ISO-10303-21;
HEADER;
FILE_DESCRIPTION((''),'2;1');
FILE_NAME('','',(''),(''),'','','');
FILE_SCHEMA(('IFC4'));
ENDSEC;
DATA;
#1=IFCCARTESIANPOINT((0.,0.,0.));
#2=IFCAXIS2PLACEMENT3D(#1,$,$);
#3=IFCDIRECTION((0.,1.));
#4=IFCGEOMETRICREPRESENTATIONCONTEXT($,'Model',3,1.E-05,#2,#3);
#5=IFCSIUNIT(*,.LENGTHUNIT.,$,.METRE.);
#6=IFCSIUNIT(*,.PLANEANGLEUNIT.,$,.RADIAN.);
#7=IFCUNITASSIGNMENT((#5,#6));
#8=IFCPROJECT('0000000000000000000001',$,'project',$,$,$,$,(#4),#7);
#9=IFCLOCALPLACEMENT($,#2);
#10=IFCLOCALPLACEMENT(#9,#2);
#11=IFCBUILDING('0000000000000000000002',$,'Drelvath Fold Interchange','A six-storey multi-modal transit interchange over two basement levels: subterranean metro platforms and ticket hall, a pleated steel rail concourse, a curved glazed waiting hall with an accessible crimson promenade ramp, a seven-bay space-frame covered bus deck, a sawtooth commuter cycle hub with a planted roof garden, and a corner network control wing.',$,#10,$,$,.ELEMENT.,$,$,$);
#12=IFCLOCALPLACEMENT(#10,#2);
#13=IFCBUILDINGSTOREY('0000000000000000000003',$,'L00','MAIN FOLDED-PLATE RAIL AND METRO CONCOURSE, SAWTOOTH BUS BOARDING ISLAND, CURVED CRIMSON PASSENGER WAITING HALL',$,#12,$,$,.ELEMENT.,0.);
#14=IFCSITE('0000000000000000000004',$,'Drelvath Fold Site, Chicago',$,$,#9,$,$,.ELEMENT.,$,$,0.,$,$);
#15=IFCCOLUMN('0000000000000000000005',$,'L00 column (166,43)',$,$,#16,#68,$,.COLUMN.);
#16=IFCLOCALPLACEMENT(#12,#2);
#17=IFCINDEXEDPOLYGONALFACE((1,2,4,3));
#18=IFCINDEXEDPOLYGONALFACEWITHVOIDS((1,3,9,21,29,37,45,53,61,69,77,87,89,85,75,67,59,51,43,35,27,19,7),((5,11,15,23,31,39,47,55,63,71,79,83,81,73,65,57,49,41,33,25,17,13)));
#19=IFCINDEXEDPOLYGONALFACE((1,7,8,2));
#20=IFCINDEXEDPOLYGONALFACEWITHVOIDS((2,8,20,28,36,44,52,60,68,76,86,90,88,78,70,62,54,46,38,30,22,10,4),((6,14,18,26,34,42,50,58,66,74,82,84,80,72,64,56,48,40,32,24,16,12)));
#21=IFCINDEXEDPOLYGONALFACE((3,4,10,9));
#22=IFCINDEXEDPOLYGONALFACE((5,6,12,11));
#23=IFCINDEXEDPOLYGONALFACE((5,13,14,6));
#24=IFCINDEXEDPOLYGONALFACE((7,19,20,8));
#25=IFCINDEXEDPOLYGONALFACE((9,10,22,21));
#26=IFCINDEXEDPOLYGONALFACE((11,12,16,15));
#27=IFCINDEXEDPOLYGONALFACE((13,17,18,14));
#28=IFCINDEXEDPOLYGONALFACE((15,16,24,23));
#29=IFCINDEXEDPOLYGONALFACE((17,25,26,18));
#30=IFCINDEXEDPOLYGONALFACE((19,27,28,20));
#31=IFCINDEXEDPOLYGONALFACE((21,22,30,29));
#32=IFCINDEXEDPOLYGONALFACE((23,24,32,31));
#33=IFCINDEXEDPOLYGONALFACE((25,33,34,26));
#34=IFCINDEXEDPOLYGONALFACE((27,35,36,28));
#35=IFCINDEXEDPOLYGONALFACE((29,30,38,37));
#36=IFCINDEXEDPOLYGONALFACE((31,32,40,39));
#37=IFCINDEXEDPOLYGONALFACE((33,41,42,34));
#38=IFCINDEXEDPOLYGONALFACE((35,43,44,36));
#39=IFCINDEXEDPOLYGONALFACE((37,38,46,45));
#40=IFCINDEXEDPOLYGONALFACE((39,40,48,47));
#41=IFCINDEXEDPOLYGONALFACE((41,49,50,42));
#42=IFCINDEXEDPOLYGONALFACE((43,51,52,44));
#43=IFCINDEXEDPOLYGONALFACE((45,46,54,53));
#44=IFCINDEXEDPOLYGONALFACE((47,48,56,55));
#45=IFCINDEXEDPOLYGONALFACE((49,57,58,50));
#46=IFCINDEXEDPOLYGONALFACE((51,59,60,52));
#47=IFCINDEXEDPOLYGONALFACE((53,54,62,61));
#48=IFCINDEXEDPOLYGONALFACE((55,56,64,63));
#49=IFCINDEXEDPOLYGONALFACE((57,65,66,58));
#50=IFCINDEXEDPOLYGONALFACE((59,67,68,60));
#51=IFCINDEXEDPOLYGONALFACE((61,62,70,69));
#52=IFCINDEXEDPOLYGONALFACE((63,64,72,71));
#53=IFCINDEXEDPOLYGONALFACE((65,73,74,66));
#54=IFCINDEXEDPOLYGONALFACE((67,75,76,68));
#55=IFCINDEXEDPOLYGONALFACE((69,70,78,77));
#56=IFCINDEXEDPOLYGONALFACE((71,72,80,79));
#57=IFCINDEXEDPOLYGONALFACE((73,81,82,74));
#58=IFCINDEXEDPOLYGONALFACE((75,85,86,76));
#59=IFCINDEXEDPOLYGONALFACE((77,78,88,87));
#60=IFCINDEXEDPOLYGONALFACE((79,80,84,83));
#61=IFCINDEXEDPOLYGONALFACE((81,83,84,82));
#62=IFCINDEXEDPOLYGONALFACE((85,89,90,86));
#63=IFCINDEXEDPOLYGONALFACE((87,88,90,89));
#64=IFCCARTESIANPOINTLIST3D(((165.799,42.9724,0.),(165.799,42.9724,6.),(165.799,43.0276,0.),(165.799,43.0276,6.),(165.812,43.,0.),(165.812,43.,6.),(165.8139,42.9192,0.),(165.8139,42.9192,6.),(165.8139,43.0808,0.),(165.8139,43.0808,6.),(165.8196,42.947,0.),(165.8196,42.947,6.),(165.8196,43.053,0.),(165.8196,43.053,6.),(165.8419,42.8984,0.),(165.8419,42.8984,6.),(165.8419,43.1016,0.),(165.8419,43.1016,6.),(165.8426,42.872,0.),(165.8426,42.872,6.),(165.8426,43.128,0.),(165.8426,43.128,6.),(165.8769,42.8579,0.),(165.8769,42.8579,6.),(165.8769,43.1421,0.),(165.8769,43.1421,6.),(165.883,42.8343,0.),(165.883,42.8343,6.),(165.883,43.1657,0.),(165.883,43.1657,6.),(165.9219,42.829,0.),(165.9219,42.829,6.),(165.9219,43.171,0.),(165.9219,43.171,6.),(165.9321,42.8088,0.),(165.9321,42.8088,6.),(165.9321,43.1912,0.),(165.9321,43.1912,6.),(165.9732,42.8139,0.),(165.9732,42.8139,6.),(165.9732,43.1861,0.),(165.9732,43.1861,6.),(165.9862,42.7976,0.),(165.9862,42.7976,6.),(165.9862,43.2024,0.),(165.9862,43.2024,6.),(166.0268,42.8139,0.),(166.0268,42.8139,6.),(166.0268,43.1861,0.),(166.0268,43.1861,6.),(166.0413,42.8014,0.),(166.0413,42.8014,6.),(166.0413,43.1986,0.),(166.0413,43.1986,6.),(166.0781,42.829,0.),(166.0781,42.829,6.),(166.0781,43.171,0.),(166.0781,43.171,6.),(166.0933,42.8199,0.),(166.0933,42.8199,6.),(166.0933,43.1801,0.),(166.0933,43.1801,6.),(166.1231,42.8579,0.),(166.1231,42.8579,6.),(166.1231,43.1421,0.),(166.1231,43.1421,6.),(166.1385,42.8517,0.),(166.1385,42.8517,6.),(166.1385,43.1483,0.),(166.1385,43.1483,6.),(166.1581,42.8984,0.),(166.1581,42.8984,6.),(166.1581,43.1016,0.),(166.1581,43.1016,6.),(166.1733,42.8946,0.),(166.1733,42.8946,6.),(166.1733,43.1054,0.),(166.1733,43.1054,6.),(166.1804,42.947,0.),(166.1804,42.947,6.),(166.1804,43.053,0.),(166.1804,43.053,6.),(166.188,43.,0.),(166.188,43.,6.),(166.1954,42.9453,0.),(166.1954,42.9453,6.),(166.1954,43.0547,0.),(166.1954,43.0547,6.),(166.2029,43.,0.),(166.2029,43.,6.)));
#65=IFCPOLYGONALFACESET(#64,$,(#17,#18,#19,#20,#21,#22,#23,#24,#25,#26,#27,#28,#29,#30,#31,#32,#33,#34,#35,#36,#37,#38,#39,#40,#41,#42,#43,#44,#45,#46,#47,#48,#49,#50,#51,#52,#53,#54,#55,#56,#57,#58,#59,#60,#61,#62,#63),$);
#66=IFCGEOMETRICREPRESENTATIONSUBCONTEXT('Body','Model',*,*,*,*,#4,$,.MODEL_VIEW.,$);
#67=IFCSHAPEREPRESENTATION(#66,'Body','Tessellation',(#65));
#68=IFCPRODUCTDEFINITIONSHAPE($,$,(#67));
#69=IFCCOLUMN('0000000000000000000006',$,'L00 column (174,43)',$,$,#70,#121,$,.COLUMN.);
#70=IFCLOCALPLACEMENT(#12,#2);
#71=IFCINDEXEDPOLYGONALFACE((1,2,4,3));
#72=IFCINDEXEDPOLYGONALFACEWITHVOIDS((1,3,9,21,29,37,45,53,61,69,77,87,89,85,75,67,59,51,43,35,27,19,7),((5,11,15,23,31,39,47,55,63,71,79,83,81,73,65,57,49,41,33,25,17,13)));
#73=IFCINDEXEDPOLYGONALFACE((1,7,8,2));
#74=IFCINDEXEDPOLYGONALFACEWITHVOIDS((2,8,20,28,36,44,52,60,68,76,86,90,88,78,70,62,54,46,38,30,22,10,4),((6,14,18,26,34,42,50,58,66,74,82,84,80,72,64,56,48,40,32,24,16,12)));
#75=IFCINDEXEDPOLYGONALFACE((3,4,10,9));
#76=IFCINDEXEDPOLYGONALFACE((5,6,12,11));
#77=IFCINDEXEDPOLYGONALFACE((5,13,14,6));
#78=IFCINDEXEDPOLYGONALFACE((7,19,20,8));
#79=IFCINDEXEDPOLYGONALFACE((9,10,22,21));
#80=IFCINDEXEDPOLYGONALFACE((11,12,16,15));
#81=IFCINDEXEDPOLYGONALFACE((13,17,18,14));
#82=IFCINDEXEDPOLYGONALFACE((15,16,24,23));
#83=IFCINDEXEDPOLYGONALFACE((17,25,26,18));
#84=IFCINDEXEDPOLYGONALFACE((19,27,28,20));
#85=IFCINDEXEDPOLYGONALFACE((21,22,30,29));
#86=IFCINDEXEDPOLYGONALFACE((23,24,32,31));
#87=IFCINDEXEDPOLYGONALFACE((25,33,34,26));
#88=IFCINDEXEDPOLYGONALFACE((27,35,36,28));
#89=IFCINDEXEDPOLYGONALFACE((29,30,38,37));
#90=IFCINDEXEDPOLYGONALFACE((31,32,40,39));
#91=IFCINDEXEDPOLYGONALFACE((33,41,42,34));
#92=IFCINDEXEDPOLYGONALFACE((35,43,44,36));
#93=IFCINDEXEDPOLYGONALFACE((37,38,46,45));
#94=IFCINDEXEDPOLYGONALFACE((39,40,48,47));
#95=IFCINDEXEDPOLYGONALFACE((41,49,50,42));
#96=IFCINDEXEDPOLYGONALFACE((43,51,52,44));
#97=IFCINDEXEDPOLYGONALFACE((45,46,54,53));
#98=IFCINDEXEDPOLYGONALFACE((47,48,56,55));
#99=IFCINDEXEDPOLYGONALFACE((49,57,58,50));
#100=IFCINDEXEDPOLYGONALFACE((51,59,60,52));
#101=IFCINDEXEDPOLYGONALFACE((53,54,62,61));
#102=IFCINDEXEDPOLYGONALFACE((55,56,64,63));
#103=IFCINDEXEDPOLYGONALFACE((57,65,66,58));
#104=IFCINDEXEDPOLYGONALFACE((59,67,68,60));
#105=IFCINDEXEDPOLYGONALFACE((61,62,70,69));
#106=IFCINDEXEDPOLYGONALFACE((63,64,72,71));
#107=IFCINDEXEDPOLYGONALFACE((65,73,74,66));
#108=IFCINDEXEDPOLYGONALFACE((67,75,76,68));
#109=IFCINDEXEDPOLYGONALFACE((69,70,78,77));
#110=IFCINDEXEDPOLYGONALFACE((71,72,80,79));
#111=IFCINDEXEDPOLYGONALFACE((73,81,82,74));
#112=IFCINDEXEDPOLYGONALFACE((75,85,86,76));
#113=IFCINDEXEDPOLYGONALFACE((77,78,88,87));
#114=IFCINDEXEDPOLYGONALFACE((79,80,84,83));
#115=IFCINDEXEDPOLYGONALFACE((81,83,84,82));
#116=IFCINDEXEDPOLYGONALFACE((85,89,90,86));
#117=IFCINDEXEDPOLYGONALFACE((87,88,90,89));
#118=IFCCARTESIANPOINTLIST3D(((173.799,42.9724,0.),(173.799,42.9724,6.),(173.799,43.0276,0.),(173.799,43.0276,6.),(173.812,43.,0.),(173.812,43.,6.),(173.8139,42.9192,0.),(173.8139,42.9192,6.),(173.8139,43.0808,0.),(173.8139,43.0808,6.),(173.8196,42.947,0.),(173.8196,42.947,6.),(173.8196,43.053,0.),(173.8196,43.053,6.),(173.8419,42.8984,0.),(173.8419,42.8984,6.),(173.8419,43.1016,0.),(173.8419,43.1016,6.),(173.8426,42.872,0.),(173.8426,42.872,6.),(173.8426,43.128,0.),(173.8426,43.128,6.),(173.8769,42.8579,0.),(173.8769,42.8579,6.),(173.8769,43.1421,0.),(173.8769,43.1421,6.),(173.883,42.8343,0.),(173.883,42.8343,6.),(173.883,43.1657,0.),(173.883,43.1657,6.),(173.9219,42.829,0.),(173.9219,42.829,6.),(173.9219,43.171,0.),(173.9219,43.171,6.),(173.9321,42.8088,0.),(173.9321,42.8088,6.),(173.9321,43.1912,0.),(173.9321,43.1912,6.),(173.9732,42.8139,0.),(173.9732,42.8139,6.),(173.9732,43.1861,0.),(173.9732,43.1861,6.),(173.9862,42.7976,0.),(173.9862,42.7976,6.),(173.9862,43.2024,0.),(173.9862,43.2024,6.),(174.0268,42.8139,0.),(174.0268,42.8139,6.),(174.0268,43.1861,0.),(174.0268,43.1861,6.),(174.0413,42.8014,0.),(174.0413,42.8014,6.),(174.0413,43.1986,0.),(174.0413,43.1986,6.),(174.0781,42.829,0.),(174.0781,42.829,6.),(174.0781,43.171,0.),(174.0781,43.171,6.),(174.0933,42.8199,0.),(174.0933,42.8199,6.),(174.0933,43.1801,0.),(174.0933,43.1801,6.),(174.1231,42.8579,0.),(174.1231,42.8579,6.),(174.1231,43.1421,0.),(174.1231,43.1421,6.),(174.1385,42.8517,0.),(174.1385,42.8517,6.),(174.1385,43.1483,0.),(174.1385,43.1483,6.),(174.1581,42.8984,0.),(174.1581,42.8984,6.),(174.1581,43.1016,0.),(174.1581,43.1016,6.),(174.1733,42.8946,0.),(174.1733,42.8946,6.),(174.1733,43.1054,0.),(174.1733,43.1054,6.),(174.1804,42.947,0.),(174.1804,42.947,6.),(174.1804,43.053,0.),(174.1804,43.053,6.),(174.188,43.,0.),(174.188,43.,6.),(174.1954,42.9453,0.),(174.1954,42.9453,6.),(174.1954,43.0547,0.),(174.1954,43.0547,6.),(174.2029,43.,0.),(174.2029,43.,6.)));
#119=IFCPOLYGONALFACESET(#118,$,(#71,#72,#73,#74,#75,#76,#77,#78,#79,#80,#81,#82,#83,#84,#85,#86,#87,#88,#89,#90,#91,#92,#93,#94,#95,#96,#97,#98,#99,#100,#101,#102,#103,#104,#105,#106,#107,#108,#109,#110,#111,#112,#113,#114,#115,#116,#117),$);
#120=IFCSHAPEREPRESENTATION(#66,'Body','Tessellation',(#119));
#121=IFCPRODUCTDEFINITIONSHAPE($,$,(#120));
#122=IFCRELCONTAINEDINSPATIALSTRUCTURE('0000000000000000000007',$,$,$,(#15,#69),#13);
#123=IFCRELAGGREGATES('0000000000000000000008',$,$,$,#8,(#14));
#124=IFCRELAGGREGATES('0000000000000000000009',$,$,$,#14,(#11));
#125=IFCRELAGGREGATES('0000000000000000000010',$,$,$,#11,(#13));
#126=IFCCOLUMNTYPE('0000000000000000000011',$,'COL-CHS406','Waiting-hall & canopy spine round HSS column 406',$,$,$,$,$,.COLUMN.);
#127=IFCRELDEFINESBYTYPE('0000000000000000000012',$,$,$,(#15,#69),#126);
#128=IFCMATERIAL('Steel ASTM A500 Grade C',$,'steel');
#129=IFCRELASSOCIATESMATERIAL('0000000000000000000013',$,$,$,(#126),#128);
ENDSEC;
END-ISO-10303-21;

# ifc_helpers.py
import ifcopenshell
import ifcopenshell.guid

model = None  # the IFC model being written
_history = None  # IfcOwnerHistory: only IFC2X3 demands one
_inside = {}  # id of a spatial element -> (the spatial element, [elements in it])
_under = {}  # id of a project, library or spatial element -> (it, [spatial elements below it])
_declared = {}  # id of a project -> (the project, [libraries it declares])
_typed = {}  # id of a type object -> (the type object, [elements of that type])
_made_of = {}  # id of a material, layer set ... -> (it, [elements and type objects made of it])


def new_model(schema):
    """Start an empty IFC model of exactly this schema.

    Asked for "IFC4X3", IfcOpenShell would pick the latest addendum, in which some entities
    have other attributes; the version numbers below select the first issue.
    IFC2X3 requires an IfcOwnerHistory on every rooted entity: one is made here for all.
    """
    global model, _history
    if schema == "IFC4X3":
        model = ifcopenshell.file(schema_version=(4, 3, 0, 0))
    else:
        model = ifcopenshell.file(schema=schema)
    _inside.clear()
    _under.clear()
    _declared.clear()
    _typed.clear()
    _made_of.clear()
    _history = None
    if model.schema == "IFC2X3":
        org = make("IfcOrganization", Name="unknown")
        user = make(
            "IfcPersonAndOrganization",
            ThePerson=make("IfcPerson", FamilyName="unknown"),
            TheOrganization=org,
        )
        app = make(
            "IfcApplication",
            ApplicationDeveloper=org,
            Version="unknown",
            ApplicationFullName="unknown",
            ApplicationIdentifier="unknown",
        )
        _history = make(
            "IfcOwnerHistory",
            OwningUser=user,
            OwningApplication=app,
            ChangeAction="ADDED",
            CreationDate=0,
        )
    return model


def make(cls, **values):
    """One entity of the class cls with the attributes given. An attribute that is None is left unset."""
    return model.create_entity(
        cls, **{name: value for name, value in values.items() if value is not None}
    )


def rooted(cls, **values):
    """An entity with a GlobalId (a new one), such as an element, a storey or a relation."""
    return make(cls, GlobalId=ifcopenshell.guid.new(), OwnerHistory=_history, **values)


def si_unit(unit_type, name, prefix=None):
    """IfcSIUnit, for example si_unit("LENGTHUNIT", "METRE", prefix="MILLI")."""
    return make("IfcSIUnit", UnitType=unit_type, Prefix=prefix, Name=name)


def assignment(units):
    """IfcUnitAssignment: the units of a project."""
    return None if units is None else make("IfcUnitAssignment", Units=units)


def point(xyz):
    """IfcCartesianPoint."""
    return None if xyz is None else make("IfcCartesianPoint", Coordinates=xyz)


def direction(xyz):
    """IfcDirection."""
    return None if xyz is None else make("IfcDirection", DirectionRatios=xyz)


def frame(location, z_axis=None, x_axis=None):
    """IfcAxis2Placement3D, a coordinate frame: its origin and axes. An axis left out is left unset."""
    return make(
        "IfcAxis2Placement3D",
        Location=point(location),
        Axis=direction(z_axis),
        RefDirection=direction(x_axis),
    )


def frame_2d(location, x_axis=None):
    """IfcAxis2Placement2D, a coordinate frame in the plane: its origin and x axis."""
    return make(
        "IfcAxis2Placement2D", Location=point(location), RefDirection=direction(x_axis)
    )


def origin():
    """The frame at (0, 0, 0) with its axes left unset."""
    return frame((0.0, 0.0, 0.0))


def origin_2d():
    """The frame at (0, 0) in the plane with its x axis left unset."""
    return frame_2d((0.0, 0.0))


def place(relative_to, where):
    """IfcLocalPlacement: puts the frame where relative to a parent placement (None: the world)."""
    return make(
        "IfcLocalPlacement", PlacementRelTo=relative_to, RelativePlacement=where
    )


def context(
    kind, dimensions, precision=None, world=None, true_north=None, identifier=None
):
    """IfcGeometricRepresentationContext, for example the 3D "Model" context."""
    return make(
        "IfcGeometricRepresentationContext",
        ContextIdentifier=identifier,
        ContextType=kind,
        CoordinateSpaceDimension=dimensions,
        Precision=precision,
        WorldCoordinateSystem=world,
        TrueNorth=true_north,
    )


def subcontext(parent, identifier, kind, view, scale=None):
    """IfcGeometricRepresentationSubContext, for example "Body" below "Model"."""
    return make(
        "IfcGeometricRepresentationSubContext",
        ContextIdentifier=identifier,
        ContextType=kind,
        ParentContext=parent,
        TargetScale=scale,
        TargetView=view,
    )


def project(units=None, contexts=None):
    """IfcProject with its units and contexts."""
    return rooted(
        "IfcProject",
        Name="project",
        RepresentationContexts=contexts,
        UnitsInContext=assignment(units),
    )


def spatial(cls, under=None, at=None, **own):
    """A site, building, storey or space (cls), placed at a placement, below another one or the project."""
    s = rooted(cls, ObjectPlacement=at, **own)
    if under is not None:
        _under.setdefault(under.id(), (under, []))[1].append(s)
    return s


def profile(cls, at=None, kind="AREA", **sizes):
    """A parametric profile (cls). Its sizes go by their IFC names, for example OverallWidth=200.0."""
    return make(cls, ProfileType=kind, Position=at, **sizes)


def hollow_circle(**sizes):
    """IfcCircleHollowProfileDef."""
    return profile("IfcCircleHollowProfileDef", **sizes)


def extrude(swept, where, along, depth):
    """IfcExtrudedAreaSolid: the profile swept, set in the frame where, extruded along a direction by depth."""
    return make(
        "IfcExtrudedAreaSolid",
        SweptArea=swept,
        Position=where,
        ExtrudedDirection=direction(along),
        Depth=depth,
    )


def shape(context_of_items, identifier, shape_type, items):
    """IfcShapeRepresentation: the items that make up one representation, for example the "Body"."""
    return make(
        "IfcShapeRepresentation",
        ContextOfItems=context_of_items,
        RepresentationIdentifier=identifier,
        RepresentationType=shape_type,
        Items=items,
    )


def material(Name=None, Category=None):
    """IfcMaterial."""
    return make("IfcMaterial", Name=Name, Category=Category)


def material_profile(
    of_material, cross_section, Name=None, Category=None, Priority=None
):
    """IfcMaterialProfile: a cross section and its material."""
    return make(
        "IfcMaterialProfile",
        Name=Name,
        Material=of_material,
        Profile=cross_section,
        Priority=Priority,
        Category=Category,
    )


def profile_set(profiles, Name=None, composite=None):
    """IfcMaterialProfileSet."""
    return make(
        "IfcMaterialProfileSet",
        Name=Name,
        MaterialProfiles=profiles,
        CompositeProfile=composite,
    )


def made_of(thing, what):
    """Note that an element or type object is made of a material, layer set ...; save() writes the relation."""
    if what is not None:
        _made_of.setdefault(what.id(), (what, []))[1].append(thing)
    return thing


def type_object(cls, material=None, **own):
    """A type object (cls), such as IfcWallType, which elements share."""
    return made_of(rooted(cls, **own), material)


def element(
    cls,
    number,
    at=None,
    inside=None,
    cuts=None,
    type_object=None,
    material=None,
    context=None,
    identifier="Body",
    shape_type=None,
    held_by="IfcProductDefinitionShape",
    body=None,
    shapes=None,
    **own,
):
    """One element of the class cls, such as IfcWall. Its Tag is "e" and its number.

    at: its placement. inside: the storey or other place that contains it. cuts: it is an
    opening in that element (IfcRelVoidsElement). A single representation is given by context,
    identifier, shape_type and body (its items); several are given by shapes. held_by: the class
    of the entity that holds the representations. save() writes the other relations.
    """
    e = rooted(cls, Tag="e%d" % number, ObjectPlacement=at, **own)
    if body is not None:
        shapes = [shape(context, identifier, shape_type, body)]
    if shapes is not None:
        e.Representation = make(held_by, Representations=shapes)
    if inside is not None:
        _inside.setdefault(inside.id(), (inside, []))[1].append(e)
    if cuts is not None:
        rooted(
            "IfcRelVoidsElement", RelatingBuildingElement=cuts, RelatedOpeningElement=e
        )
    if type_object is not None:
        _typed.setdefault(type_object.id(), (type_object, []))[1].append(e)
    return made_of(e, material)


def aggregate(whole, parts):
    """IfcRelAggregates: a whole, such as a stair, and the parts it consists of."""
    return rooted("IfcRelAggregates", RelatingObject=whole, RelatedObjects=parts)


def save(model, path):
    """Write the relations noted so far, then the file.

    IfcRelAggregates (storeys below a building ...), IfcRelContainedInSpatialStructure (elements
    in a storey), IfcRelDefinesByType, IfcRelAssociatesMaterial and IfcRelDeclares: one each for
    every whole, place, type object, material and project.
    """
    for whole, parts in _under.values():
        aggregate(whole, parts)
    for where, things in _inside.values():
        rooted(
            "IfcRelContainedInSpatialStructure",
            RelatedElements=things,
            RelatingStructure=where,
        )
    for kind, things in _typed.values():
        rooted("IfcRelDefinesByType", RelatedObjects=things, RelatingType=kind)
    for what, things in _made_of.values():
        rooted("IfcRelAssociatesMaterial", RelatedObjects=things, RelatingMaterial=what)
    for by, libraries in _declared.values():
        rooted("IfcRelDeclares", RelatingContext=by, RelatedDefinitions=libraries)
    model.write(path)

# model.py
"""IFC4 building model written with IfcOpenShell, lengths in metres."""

from ifc_helpers import new_model, si_unit, direction, frame, origin, origin_2d, place, context, subcontext, project, spatial, hollow_circle, extrude, material, material_profile, profile_set, type_object, element, save


model = new_model("IFC4")

# Units and contexts
model_context = context("Model", 3, precision=1e-05, world=origin(), true_north=direction((0.0, 1.0)))
body_context = subcontext(model_context, "Body", "Model", "MODEL_VIEW")
ifc_project = project(units=[si_unit("LENGTHUNIT", "METRE"), si_unit("PLANEANGLEUNIT", "RADIAN")], contexts=[model_context])

# Site, building, storey
site_placement = place(None, origin())
site = spatial("IfcSite", under=ifc_project, at=site_placement, Name="Drelvath Fold Site, Chicago", CompositionType="ELEMENT", RefElevation=0.0)
building_placement = place(site_placement, origin())
building = spatial("IfcBuilding", under=site, at=building_placement, Name="Drelvath Fold Interchange", Description="A six-storey multi-modal transit interchange over two basement levels: subterranean metro platforms and ticket hall, a pleated steel rail concourse, a curved glazed waiting hall with an accessible crimson promenade ramp, a seven-bay space-frame covered bus deck, a sawtooth commuter cycle hub with a planted roof garden, and a corner network control wing.", CompositionType="ELEMENT")
storey_placement = place(building_placement, origin())
storey = spatial("IfcBuildingStorey", under=building, at=storey_placement, Name="L00", Description="MAIN FOLDED-PLATE RAIL AND METRO CONCOURSE, SAWTOOTH BUS BOARDING ISLAND, CURVED CRIMSON PASSENGER WAITING HALL", CompositionType="ELEMENT", Elevation=0.0)

# Columns
ifc_material_1 = material(Name="Steel ASTM A500 Grade C", Category="steel")
ifc_material_profile_1 = material_profile(ifc_material_1, hollow_circle(Radius=0.2029, WallThickness=0.0149, at=origin_2d()), Name="HSS16.000X0.625")
ifc_profile_set_1 = profile_set([ifc_material_profile_1], Name="Steel ASTM A500 Grade C")
column_type_1 = type_object("IfcColumnType", Name="COL-CHS406", Description="Waiting-hall & canopy spine round HSS column 406", PredefinedType="COLUMN", material=ifc_profile_set_1)
for number, where, z_axis, x_axis, name in (
    (1, (166.0, 43.0, 0.0), (0.0, 0.0, 1.0), (1.0, 0.0, 0.0), "L00 column (166,43)"),
    (2, (174.0, 43.0, 0.0), (0.0, 0.0, 1.0), (1.0, 0.0, 0.0), "L00 column (174,43)"),
):
    element("IfcColumn", number, at=place(storey_placement, frame(where, z_axis=z_axis, x_axis=x_axis)), inside=storey, type_object=column_type_1, Name=name, PredefinedType="COLUMN", context=body_context, shape_type="SweptSolid", body=[
        extrude(hollow_circle(Radius=0.2029, WallThickness=0.0149, at=origin_2d()), origin(), (0.0, 0.0, 1.0), 6.0),
    ])

save(model, "model.ifc")
